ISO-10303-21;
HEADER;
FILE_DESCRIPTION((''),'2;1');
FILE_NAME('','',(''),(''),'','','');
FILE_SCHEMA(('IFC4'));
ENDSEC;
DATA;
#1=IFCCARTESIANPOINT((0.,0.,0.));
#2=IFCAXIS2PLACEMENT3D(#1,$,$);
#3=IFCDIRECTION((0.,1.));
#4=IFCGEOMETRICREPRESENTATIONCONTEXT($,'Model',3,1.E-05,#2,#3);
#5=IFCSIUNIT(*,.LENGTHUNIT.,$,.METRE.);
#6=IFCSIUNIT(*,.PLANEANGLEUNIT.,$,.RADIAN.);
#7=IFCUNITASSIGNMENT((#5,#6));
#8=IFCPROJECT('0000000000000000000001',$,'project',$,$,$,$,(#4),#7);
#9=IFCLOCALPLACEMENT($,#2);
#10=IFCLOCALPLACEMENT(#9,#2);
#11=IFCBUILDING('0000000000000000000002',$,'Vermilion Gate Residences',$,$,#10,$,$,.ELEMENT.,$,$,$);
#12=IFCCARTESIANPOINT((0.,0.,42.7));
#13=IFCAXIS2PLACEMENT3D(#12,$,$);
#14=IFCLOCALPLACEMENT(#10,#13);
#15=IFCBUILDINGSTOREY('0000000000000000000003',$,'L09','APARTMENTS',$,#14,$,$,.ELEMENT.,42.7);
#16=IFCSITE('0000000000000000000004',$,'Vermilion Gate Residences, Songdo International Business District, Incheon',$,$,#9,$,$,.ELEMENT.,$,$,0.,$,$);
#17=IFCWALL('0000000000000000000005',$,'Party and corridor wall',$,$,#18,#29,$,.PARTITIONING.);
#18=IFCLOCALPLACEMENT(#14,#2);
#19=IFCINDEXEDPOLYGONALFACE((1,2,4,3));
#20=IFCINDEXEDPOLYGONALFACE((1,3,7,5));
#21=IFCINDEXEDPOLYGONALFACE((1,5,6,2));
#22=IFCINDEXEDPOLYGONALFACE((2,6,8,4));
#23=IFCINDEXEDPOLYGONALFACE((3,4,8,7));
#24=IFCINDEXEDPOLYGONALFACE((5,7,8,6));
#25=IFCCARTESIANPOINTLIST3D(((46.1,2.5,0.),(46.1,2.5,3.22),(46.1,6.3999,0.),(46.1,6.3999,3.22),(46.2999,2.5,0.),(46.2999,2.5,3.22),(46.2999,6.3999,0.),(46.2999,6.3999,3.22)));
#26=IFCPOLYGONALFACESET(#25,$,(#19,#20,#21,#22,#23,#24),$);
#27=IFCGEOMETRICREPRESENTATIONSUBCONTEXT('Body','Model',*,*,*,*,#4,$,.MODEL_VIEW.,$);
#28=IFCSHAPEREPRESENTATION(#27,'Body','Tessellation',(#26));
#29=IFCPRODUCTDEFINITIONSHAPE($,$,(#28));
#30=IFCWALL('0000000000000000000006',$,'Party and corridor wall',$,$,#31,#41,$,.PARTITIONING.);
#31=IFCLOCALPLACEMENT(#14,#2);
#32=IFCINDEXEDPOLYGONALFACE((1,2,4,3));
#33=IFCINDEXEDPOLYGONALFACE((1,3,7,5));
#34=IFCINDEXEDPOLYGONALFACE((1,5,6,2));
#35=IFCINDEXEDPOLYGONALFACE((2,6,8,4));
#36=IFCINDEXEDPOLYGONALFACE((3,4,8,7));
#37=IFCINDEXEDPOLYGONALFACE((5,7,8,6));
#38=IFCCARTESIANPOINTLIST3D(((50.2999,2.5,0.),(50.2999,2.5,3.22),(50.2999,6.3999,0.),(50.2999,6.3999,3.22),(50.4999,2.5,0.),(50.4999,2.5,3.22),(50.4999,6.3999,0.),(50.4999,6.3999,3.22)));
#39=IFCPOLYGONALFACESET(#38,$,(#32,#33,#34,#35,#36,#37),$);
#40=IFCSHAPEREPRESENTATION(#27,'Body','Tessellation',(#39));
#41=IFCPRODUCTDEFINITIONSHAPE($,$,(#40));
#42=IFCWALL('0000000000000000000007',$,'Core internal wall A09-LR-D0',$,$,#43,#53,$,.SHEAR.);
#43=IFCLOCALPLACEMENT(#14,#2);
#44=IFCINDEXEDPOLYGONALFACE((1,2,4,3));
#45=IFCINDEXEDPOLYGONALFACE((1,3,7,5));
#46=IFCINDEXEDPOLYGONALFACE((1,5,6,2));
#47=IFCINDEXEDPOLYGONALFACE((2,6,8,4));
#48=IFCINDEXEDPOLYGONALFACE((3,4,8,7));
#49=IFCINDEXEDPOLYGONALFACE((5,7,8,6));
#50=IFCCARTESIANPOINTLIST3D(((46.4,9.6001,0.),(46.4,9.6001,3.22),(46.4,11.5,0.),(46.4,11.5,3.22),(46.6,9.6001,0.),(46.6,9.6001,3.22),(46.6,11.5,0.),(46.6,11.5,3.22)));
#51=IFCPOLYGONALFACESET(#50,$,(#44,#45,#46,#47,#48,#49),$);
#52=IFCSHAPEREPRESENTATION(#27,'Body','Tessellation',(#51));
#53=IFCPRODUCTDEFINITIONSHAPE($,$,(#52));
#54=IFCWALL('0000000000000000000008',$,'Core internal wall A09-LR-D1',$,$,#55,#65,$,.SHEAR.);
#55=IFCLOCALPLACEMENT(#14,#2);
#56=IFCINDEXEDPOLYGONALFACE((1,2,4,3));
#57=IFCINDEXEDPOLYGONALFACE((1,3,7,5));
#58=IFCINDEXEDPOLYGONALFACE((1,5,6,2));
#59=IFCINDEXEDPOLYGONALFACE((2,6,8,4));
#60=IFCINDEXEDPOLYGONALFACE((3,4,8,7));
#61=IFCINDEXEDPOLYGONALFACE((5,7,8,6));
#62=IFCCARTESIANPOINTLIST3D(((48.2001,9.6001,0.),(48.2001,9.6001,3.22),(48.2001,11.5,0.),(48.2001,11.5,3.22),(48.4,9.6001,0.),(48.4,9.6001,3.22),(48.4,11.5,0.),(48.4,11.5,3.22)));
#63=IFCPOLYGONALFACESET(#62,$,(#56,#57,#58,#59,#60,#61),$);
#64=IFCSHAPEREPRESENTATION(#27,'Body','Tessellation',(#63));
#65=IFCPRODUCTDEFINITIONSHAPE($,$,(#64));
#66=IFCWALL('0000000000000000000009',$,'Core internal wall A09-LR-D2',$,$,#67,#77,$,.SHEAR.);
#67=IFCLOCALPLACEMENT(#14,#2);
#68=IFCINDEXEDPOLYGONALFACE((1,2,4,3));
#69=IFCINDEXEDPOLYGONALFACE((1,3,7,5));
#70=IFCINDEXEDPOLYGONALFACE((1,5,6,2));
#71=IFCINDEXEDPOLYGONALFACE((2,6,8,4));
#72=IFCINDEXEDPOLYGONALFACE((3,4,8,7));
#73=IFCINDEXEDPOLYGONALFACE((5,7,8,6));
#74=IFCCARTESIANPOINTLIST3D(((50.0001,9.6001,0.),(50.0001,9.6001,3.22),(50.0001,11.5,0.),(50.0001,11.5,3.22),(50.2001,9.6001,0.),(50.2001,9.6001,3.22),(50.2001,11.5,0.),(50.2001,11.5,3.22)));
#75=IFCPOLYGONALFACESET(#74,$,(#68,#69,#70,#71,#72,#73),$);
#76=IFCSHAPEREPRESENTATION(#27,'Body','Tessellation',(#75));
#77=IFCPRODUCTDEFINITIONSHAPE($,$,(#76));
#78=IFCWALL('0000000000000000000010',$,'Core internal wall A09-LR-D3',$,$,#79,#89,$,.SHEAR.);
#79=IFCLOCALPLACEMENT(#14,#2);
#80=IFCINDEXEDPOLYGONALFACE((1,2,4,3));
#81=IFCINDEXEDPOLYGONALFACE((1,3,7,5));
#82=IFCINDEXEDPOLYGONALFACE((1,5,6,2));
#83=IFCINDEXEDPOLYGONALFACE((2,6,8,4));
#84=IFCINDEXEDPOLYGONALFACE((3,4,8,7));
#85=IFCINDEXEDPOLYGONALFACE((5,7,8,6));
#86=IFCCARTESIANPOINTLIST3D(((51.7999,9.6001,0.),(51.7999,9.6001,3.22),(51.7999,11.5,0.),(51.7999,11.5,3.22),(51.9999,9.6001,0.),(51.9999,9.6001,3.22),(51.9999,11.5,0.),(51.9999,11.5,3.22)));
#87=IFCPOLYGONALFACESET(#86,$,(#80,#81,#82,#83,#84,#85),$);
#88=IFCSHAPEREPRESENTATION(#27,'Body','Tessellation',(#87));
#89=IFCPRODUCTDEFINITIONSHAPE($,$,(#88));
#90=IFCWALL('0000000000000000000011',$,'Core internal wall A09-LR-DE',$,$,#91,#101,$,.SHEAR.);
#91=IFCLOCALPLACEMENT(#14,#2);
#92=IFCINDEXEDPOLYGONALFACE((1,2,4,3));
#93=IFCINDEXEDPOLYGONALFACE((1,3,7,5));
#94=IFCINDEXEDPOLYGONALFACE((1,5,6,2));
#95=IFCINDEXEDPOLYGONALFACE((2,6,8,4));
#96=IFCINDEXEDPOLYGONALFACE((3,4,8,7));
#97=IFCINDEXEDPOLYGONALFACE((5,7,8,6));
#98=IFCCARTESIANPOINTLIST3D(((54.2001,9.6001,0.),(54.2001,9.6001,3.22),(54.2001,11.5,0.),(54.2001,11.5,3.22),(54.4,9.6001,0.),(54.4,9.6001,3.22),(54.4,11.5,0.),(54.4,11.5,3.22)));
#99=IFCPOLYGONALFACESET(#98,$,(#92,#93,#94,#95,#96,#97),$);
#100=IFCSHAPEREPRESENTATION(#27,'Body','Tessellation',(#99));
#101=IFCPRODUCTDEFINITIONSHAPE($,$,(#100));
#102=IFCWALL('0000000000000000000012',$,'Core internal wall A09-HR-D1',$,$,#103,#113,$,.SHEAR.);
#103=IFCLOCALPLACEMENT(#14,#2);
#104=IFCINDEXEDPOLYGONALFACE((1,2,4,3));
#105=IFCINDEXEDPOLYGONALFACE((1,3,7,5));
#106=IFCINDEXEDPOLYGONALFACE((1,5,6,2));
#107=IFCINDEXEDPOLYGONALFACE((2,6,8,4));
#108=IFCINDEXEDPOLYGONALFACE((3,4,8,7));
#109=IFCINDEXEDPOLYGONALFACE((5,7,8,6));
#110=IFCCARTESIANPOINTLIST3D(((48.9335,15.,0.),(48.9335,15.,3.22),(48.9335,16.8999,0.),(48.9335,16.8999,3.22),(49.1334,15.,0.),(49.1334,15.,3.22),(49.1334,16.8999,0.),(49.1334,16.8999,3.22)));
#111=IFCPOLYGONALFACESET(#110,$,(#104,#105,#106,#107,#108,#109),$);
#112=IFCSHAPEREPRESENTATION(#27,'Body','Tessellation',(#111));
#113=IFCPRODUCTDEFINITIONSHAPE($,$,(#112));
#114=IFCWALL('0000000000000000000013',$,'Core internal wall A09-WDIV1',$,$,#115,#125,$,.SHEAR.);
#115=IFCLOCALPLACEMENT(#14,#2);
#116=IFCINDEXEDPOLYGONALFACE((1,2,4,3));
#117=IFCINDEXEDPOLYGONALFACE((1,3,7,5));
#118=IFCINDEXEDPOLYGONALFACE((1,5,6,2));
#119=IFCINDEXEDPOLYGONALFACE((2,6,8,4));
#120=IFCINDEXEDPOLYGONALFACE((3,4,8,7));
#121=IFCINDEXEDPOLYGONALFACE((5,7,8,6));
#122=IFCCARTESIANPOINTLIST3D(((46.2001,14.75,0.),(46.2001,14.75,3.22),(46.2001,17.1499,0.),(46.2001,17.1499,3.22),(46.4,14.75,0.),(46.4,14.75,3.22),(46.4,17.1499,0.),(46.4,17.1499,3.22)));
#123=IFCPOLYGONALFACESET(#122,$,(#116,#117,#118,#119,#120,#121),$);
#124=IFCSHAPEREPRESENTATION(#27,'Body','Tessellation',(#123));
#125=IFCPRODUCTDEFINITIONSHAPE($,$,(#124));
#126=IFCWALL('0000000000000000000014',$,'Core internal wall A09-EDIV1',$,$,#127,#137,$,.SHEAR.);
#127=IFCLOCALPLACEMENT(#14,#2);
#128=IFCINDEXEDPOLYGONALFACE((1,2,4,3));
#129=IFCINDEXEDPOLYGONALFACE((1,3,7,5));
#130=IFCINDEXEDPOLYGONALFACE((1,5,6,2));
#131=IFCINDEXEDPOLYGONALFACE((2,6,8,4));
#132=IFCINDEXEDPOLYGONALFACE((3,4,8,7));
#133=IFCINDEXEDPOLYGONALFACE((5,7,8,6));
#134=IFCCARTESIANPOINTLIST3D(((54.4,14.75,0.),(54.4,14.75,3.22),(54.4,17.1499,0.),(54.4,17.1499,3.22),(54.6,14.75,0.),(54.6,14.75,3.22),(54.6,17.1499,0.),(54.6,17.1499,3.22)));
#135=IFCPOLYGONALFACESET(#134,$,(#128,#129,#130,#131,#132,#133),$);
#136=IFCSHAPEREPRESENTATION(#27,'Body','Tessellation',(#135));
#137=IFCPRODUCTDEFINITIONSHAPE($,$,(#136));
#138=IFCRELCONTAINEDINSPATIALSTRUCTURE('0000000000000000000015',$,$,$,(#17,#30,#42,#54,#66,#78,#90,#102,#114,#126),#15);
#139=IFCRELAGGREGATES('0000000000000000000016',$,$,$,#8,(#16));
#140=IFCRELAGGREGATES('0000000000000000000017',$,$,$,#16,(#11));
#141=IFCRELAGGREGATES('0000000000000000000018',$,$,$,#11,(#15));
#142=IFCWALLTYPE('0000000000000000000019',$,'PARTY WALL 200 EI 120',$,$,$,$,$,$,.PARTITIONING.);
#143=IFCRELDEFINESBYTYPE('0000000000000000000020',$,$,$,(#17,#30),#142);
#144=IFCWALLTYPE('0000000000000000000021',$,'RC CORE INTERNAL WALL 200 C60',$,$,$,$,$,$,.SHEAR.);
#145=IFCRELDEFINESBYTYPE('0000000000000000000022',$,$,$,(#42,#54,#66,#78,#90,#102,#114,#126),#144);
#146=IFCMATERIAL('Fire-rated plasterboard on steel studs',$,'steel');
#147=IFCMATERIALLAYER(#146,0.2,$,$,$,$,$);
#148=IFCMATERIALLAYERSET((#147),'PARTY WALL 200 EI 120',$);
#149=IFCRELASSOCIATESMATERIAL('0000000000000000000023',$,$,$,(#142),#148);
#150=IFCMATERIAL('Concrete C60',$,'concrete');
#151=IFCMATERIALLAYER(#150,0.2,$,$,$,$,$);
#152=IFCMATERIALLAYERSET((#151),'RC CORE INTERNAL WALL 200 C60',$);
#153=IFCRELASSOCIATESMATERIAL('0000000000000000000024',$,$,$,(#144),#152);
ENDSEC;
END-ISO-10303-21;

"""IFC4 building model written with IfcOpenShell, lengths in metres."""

from ifc_helpers import new_model, si_unit, direction, frame, frame_2d, origin, place, context, subcontext, project, spatial, rectangle, extrude, material, layer, layer_set, type_object, element, save


model = new_model("IFC4")

# Units and contexts
model_context = context("Model", 3, precision=1e-05, world=origin(), true_north=direction((0.0, 1.0)))
body_context = subcontext(model_context, "Body", "Model", "MODEL_VIEW")
ifc_project = project(units=[si_unit("LENGTHUNIT", "METRE"), si_unit("PLANEANGLEUNIT", "RADIAN")], contexts=[model_context])

# Site, building, storey
site_placement = place(None, origin())
site = spatial("IfcSite", under=ifc_project, at=site_placement, Name="Vermilion Gate Residences, Songdo International Business District, Incheon", CompositionType="ELEMENT", RefElevation=0.0)
building_placement = place(site_placement, origin())
building = spatial("IfcBuilding", under=site, at=building_placement, Name="Vermilion Gate Residences", CompositionType="ELEMENT")
storey_placement = place(building_placement, frame((0.0, 0.0, 42.7)))
storey = spatial("IfcBuildingStorey", under=building, at=storey_placement, Name="L09", Description="APARTMENTS", CompositionType="ELEMENT", Elevation=42.7)

# Walls
ifc_material_1 = material(Name="Fire-rated plasterboard on steel studs", Category="steel")
ifc_layer_1 = layer(ifc_material_1, 0.2)
ifc_layer_set_1 = layer_set([ifc_layer_1], Name="PARTY WALL 200 EI 120")
wall_type_1 = type_object("IfcWallType", Name="PARTY WALL 200 EI 120", PredefinedType="PARTITIONING", material=ifc_layer_set_1)
for number, where, z_axis, x_axis, name in (
    (1, (46.2, 2.5, 0.0), (0.0, 0.0, 1.0), (0.0, 1.0, 0.0), "Party and corridor wall"),
    (2, (50.3999, 2.5, 0.0), (0.0, 0.0, 1.0), (0.0, 1.0, 0.0), "Party and corridor wall"),
):
    element("IfcWall", number, at=place(storey_placement, frame(where, z_axis=z_axis, x_axis=x_axis)), inside=storey, type_object=wall_type_1, Name=name, PredefinedType="PARTITIONING", context=body_context, shape_type="SweptSolid", body=[
        extrude(rectangle(XDim=3.8999, YDim=0.2, at=frame_2d((1.95, 0.0))), origin(), (0.0, 0.0, 1.0), 3.22),
    ])
ifc_material_2 = material(Name="Concrete C60", Category="concrete")
ifc_layer_2 = layer(ifc_material_2, 0.2)
ifc_layer_set_2 = layer_set([ifc_layer_2], Name="RC CORE INTERNAL WALL 200 C60")
wall_type_2 = type_object("IfcWallType", Name="RC CORE INTERNAL WALL 200 C60", PredefinedType="SHEAR", material=ifc_layer_set_2)
for number, where, z_axis, x_axis, name in (
    (3, (46.5, 9.6001, 0.0), (0.0, 0.0, 1.0), (0.0, 1.0, 0.0), "Core internal wall A09-LR-D0"),
    (4, (48.3, 9.6001, 0.0), (0.0, 0.0, 1.0), (0.0, 1.0, 0.0), "Core internal wall A09-LR-D1"),
    (5, (50.1001, 9.6001, 0.0), (0.0, 0.0, 1.0), (0.0, 1.0, 0.0), "Core internal wall A09-LR-D2"),
    (6, (51.8999, 9.6001, 0.0), (0.0, 0.0, 1.0), (0.0, 1.0, 0.0), "Core internal wall A09-LR-D3"),
    (7, (54.3, 9.6001, 0.0), (0.0, 0.0, 1.0), (0.0, 1.0, 0.0), "Core internal wall A09-LR-DE"),
    (8, (49.0334, 15.0, 0.0), (0.0, 0.0, 1.0), (0.0, 1.0, 0.0), "Core internal wall A09-HR-D1"),
):
    element("IfcWall", number, at=place(storey_placement, frame(where, z_axis=z_axis, x_axis=x_axis)), inside=storey, type_object=wall_type_2, Name=name, PredefinedType="SHEAR", context=body_context, shape_type="SweptSolid", body=[
        extrude(rectangle(XDim=1.8999, YDim=0.2, at=frame_2d((0.95, 0.0))), origin(), (0.0, 0.0, 1.0), 3.22),
    ])
for number, where, z_axis, x_axis, name in (
    (9, (46.3, 14.75, 0.0), (0.0, 0.0, 1.0), (0.0, 1.0, 0.0), "Core internal wall A09-WDIV1"),
    (10, (54.5, 14.75, 0.0), (0.0, 0.0, 1.0), (0.0, 1.0, 0.0), "Core internal wall A09-EDIV1"),
):
    element("IfcWall", number, at=place(storey_placement, frame(where, z_axis=z_axis, x_axis=x_axis)), inside=storey, type_object=wall_type_2, Name=name, PredefinedType="SHEAR", context=body_context, shape_type="SweptSolid", body=[
        extrude(rectangle(XDim=2.3999, YDim=0.2, at=frame_2d((1.2, 0.0))), origin(), (0.0, 0.0, 1.0), 3.22),
    ])

save(model, "model.ifc")
